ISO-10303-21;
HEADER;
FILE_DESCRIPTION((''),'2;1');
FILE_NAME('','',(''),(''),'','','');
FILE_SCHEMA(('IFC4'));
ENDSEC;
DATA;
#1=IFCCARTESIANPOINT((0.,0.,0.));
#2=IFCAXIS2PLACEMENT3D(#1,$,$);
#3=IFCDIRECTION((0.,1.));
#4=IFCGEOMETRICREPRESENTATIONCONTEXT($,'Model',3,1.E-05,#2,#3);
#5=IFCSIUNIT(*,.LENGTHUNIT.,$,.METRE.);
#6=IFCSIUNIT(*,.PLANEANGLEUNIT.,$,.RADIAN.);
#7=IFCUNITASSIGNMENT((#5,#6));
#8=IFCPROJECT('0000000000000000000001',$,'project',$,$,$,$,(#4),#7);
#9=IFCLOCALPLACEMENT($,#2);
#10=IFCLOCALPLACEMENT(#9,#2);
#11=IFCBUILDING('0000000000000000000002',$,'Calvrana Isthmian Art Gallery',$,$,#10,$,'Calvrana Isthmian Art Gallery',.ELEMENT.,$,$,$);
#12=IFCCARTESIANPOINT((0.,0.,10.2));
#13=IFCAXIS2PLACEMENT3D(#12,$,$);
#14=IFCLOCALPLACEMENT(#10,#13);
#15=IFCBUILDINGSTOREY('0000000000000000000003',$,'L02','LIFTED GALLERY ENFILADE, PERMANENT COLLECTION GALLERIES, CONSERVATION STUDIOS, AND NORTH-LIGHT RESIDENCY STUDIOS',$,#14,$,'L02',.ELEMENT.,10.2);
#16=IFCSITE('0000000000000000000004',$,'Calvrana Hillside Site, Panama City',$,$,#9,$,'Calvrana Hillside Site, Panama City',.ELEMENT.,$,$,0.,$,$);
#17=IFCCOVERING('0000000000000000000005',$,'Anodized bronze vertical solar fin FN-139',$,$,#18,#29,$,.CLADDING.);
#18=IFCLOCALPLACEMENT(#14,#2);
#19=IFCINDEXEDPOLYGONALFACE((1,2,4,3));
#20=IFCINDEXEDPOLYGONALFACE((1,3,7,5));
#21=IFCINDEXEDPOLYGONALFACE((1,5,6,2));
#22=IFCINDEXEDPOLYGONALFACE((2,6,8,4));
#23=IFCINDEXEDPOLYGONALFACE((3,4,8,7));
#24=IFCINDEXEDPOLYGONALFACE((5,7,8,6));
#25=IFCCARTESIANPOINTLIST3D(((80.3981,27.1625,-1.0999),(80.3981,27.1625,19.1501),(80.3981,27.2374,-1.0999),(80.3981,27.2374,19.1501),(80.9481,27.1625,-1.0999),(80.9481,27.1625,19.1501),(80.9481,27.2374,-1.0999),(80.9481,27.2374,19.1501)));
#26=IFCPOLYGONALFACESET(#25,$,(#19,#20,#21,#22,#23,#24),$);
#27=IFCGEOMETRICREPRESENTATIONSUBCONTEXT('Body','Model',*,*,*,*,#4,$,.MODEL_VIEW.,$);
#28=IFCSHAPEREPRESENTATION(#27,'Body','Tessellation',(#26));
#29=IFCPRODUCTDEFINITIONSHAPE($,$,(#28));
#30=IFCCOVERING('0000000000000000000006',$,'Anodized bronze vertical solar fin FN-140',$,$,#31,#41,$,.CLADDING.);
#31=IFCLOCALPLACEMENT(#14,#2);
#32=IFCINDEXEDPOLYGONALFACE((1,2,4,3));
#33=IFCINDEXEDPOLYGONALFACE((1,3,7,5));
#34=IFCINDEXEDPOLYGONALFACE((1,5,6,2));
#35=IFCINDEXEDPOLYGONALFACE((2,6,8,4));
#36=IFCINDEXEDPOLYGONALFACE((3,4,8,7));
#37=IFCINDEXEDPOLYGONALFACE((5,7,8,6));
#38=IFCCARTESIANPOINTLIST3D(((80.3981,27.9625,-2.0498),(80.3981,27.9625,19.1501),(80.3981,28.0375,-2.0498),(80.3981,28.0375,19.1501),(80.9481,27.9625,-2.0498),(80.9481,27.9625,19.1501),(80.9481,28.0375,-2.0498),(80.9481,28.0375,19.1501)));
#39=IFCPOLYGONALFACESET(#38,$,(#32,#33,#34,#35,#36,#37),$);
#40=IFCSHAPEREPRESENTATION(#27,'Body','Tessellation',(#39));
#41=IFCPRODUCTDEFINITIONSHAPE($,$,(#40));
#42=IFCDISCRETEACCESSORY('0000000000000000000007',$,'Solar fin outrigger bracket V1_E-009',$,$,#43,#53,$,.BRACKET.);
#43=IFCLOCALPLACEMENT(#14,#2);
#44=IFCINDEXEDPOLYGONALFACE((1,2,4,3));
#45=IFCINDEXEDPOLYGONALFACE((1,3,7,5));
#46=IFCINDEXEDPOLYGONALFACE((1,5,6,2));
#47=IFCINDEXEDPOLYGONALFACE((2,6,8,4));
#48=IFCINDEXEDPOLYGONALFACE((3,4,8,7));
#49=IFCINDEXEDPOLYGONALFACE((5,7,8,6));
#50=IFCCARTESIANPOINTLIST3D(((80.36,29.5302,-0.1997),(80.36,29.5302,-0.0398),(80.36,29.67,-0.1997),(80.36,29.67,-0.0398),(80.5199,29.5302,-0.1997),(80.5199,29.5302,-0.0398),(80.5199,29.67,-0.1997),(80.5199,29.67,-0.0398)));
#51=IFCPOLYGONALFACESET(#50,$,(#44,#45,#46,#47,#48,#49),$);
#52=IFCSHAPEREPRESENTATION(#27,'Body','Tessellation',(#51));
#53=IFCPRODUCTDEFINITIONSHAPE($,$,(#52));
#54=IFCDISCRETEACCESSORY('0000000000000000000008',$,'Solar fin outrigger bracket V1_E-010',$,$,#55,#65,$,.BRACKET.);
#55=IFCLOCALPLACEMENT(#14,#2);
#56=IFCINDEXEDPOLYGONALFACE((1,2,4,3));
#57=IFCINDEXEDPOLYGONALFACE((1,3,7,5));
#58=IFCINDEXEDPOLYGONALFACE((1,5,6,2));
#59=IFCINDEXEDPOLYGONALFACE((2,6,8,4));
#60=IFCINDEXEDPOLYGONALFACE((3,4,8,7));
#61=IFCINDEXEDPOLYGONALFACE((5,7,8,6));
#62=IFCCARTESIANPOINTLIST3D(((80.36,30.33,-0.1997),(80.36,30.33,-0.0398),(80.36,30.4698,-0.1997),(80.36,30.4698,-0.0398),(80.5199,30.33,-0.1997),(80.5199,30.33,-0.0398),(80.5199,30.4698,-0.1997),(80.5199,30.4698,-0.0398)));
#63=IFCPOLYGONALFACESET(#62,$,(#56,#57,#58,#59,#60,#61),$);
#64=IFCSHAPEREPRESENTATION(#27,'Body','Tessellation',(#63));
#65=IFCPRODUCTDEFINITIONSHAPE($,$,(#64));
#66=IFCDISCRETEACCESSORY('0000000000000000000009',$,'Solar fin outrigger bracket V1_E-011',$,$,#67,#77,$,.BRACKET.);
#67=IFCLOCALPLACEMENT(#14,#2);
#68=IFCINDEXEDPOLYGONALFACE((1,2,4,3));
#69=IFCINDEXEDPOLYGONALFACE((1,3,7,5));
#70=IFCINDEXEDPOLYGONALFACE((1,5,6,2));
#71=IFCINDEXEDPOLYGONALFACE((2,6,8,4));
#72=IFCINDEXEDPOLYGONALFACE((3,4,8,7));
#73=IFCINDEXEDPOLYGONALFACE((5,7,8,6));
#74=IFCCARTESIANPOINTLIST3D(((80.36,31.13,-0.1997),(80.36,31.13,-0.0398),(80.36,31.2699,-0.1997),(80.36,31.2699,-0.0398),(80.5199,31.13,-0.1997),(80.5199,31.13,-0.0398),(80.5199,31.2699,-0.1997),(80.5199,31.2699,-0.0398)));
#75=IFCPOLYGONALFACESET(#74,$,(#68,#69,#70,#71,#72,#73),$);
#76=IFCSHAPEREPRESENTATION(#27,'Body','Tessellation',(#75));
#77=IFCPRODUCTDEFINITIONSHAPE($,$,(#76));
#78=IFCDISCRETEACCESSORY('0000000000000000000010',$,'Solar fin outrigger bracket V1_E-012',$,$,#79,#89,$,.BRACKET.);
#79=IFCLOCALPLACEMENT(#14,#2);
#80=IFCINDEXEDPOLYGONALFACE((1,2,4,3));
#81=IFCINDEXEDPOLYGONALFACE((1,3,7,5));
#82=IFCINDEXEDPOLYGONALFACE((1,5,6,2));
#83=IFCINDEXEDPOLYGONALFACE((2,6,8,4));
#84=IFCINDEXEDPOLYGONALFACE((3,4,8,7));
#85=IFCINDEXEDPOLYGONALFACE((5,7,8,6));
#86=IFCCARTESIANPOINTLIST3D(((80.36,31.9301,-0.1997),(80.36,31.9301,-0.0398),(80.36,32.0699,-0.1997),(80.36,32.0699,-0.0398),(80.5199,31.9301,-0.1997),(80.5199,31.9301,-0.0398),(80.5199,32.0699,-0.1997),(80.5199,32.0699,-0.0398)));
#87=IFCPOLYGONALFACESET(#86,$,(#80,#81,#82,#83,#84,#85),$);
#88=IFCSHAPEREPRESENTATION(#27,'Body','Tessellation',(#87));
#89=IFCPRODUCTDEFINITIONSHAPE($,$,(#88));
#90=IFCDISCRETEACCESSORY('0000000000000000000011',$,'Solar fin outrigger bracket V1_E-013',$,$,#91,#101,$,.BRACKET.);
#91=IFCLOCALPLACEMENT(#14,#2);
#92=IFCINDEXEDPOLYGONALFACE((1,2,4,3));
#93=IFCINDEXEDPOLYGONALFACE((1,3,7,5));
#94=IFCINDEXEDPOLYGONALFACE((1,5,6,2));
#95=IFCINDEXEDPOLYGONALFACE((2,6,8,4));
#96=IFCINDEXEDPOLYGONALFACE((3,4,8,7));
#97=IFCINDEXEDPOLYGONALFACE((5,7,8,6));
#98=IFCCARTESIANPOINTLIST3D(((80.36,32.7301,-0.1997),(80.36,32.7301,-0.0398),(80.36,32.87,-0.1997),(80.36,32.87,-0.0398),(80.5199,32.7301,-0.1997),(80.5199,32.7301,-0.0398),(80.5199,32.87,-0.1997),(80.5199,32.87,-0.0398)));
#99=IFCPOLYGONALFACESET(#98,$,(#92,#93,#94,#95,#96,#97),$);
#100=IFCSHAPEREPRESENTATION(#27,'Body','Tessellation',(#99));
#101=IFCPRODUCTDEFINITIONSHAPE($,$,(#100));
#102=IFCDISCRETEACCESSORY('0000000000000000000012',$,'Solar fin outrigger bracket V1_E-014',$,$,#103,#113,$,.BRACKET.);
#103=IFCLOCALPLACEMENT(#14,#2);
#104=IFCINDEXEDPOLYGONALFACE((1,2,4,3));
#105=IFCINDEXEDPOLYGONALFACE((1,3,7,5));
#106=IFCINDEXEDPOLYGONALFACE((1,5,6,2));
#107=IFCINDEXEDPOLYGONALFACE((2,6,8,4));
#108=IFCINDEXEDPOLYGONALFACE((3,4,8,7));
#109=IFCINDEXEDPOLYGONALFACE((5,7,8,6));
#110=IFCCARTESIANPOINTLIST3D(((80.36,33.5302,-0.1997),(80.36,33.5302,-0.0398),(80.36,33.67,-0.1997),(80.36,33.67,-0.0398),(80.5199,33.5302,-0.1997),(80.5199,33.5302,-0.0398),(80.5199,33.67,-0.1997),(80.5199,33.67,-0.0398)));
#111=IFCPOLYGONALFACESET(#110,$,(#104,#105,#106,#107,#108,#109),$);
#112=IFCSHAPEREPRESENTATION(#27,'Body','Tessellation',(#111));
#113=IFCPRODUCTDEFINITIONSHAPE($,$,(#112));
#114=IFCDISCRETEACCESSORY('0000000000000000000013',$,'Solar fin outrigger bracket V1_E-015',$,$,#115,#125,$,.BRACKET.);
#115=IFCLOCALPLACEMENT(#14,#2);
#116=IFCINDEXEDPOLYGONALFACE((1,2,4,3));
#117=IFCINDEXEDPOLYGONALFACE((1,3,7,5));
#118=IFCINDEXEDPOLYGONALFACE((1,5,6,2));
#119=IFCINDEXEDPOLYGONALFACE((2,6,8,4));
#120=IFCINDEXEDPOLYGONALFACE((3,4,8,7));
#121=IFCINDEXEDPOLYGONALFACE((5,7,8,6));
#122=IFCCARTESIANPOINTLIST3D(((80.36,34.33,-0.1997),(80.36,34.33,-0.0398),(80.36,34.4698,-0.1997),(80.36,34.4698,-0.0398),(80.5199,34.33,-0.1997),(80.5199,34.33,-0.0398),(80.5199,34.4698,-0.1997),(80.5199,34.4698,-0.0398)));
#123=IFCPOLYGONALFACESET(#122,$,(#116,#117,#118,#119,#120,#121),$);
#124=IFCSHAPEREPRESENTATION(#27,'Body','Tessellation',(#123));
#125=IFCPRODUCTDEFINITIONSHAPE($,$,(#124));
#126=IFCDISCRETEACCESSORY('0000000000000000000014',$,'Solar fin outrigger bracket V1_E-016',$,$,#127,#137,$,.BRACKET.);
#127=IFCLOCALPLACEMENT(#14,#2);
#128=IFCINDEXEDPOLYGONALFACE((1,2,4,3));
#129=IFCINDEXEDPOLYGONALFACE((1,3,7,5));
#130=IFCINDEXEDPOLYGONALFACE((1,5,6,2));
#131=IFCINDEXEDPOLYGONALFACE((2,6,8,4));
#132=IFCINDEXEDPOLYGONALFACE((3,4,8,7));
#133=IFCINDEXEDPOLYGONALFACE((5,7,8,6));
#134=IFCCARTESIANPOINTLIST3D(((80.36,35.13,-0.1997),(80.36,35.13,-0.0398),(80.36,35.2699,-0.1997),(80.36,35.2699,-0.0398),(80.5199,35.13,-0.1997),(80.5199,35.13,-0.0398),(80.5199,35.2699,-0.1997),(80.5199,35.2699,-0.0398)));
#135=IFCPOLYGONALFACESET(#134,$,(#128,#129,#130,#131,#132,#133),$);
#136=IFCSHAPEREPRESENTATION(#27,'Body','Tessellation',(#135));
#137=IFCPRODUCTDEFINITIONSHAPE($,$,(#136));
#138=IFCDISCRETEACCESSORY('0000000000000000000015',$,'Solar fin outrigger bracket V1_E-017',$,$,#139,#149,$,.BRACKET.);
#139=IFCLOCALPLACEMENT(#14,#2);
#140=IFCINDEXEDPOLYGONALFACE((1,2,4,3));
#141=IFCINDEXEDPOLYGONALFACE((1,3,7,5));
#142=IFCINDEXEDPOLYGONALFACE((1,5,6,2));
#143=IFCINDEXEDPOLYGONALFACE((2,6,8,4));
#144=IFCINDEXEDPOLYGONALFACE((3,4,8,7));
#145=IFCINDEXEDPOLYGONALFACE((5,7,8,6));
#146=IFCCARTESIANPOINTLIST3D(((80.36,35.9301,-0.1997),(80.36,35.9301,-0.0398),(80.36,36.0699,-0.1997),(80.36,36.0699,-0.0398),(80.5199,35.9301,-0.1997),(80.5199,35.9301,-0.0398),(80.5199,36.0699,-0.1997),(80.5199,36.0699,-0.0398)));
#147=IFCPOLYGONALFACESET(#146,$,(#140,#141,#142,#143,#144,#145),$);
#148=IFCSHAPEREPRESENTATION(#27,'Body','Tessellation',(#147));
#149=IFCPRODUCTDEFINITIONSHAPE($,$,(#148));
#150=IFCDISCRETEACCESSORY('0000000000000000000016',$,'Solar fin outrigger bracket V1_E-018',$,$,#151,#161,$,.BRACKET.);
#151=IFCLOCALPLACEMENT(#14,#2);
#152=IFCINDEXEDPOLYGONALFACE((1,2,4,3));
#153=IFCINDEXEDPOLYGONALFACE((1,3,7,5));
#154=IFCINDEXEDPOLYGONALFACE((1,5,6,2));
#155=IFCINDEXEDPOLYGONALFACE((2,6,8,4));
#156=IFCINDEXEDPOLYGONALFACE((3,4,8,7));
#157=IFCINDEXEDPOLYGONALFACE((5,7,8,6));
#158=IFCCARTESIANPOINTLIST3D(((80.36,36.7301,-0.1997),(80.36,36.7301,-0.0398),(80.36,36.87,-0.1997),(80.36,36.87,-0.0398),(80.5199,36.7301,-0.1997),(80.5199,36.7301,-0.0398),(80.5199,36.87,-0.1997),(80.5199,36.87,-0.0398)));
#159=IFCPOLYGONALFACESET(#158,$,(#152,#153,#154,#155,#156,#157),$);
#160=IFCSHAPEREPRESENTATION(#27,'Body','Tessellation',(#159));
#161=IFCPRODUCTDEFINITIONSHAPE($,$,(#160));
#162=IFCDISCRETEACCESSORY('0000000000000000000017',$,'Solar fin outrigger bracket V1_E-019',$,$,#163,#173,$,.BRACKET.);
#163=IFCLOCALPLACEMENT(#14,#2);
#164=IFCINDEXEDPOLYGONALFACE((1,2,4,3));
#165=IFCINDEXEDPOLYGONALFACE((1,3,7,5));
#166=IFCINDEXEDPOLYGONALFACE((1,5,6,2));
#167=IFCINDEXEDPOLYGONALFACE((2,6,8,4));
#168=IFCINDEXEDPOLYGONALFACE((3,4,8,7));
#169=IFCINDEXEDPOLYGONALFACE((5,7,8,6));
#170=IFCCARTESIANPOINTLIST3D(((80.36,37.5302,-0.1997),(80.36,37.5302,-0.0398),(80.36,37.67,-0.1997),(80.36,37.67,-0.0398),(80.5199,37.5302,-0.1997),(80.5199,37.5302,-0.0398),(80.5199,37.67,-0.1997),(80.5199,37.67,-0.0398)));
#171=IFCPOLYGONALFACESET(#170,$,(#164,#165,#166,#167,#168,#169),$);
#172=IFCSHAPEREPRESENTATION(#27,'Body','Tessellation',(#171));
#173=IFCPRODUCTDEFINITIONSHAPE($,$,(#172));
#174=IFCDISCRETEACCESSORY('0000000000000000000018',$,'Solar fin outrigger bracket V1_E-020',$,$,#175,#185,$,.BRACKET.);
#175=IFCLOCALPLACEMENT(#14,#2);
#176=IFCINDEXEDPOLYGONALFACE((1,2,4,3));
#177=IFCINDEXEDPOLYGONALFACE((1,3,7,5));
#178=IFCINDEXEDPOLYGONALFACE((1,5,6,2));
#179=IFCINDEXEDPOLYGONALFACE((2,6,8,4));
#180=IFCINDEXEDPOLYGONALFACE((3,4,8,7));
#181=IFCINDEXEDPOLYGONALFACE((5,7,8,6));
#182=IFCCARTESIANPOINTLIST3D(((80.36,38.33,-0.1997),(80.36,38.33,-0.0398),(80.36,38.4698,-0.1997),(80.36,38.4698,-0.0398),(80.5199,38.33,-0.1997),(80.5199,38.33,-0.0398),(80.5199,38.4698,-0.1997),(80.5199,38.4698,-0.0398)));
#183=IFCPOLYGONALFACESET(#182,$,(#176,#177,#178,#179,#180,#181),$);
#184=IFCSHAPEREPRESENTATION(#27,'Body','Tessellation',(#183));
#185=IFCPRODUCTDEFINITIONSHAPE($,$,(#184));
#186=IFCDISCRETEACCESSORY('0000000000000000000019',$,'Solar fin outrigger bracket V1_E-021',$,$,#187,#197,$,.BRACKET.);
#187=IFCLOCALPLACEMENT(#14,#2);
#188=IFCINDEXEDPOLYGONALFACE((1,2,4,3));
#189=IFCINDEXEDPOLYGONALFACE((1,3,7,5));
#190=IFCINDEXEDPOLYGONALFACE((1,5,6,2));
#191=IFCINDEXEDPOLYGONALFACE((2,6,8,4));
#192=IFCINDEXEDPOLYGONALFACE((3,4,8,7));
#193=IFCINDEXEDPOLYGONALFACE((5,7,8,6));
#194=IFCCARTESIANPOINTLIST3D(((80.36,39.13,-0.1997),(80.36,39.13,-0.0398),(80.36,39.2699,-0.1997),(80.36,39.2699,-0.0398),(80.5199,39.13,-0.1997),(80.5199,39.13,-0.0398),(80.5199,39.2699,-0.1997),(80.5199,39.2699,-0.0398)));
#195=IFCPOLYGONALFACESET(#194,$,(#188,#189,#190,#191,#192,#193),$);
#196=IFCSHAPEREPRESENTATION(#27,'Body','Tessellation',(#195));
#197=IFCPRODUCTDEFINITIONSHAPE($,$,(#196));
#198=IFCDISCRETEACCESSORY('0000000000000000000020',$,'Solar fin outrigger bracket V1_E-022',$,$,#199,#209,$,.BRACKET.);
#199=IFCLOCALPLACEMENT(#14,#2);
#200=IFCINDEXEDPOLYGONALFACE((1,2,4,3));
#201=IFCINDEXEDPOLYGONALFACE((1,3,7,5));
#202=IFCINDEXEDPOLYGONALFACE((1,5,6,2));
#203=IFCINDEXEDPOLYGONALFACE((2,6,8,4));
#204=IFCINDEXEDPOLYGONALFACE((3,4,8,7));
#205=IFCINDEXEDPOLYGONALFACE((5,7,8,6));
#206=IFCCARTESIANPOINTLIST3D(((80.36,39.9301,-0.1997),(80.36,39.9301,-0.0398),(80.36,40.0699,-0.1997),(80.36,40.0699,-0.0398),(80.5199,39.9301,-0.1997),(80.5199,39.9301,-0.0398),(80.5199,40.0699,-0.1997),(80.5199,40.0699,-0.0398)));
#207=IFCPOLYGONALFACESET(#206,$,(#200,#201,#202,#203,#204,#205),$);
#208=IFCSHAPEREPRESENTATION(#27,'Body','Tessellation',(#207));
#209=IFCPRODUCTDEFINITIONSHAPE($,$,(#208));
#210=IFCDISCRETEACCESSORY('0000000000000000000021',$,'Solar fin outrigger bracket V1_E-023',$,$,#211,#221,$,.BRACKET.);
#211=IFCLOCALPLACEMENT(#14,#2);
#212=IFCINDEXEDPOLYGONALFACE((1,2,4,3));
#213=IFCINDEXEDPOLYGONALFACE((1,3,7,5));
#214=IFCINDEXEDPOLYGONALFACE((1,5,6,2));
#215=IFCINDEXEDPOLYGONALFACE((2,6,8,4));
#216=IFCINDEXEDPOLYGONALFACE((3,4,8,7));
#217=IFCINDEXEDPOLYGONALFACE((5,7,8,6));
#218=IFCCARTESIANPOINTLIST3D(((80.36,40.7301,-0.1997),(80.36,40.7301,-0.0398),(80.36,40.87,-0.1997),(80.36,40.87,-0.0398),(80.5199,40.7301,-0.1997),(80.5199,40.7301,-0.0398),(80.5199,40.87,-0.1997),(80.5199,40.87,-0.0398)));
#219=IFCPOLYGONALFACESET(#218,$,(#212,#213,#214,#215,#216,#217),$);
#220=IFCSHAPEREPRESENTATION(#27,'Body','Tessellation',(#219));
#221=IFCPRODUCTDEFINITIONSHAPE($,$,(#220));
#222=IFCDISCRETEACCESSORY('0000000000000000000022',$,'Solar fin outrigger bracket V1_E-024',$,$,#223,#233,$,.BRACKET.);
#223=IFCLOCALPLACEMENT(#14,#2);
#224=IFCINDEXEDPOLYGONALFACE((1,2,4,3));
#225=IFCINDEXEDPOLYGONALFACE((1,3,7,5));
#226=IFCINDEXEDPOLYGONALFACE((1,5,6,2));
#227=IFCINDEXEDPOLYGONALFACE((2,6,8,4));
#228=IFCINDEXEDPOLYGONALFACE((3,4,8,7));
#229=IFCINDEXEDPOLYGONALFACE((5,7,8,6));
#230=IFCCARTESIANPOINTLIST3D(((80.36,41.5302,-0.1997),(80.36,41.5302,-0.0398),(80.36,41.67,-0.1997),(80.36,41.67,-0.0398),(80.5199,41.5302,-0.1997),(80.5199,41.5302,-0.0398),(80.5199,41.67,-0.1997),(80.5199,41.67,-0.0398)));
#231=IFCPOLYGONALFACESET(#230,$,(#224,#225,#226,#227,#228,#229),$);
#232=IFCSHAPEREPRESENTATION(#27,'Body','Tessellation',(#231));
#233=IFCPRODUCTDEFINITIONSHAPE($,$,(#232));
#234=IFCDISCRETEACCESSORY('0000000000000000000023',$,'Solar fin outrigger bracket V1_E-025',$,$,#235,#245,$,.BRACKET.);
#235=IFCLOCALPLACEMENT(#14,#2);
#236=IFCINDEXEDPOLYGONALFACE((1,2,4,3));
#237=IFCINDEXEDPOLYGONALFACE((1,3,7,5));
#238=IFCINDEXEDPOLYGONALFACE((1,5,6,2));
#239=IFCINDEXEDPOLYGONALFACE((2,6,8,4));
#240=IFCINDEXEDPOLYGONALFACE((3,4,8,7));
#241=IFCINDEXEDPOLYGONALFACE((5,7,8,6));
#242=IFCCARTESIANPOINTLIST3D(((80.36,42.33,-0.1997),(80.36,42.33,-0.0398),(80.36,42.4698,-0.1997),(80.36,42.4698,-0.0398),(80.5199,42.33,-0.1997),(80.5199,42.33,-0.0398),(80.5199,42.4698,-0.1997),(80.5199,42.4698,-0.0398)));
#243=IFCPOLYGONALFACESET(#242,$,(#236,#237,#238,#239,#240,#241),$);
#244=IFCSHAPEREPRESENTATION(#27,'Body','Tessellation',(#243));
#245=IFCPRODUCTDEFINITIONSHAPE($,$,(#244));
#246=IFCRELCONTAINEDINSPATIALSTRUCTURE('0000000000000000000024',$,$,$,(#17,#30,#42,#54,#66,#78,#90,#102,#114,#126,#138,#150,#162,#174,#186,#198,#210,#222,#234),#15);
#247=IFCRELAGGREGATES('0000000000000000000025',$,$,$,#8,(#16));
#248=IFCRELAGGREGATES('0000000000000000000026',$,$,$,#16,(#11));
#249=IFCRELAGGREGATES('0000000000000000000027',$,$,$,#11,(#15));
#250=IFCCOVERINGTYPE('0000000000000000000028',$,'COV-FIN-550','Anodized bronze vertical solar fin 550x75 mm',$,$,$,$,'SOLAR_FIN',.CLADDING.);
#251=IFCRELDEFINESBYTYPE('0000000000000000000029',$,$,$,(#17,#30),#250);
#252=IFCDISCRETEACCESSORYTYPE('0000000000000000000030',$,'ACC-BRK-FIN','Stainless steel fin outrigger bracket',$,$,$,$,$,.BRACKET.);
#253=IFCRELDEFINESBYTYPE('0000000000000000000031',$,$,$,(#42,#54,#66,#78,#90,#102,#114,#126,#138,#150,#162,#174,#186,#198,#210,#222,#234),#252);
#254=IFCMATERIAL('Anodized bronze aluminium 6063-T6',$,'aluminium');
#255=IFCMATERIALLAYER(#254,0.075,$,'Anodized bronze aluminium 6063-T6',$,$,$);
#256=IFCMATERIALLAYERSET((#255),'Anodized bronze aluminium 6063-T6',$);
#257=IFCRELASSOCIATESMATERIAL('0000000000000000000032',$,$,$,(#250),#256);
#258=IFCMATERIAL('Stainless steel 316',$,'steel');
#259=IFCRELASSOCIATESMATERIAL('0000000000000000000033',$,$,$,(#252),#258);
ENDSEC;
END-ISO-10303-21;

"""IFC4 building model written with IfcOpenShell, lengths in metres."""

from ifc_helpers import new_model, si_unit, direction, frame, origin, origin_2d, place, context, subcontext, project, spatial, rectangle, extrude, material, layer, layer_set, type_object, element, save


model = new_model("IFC4")

# Units and contexts
model_context = context("Model", 3, precision=1e-05, world=origin(), true_north=direction((0.0, 1.0)))
body_context = subcontext(model_context, "Body", "Model", "MODEL_VIEW")
ifc_project = project(units=[si_unit("LENGTHUNIT", "METRE"), si_unit("PLANEANGLEUNIT", "RADIAN")], contexts=[model_context])

# Site, building, storey
site_placement = place(None, origin())
site = spatial("IfcSite", under=ifc_project, at=site_placement, Name="Calvrana Hillside Site, Panama City", LongName="Calvrana Hillside Site, Panama City", CompositionType="ELEMENT", RefElevation=0.0)
building_placement = place(site_placement, origin())
building = spatial("IfcBuilding", under=site, at=building_placement, Name="Calvrana Isthmian Art Gallery", LongName="Calvrana Isthmian Art Gallery", CompositionType="ELEMENT")
storey_placement = place(building_placement, frame((0.0, 0.0, 10.2)))
storey = spatial("IfcBuildingStorey", under=building, at=storey_placement, Name="L02", Description="LIFTED GALLERY ENFILADE, PERMANENT COLLECTION GALLERIES, CONSERVATION STUDIOS, AND NORTH-LIGHT RESIDENCY STUDIOS", LongName="L02", CompositionType="ELEMENT", Elevation=10.2)

# Coverings
ifc_material_1 = material(Name="Anodized bronze aluminium 6063-T6", Category="aluminium")
ifc_layer = layer(ifc_material_1, 0.075, Name="Anodized bronze aluminium 6063-T6")
ifc_layer_set = layer_set([ifc_layer], Name="Anodized bronze aluminium 6063-T6")
covering_type = type_object("IfcCoveringType", Name="COV-FIN-550", Description="Anodized bronze vertical solar fin 550x75 mm", ElementType="SOLAR_FIN", PredefinedType="CLADDING", material=ifc_layer_set)
covering_1_placement = place(storey_placement, frame((80.6731, 27.2, -1.0999), z_axis=(0.0, 0.0, 1.0), x_axis=(1.0, 0.0, 0.0)))
element("IfcCovering", 1, at=covering_1_placement, inside=storey, type_object=covering_type, Name="Anodized bronze vertical solar fin FN-139", PredefinedType="CLADDING", context=body_context, shape_type="SweptSolid", body=[
    extrude(rectangle(XDim=0.55, YDim=0.075, at=origin_2d()), origin(), (0.0, 0.0, 1.0), 20.25),
])
covering_2_placement = place(storey_placement, frame((80.6731, 28.0, -2.0498), z_axis=(0.0, 0.0, 1.0), x_axis=(1.0, 0.0, 0.0)))
element("IfcCovering", 2, at=covering_2_placement, inside=storey, type_object=covering_type, Name="Anodized bronze vertical solar fin FN-140", PredefinedType="CLADDING", context=body_context, shape_type="SweptSolid", body=[
    extrude(rectangle(XDim=0.55, YDim=0.075, at=origin_2d()), origin(), (0.0, 0.0, 1.0), 21.2),
])

# Discrete accessories
ifc_material_2 = material(Name="Stainless steel 316", Category="steel")
discrete_accessory_type = type_object("IfcDiscreteAccessoryType", Name="ACC-BRK-FIN", Description="Stainless steel fin outrigger bracket", PredefinedType="BRACKET", material=ifc_material_2)
for number, where, z_axis, x_axis, name in (
    (3, (80.4399, 29.6001, -0.1997), (0.0, 0.0, 1.0), (1.0, 0.0, 0.0), "Solar fin outrigger bracket V1_E-009"),
    (4, (80.4399, 30.3999, -0.1997), (0.0, 0.0, 1.0), (1.0, 0.0, 0.0), "Solar fin outrigger bracket V1_E-010"),
    (5, (80.4399, 31.2, -0.1997), (0.0, 0.0, 1.0), (1.0, 0.0, 0.0), "Solar fin outrigger bracket V1_E-011"),
    (6, (80.4399, 32.0, -0.1997), (0.0, 0.0, 1.0), (1.0, 0.0, 0.0), "Solar fin outrigger bracket V1_E-012"),
    (7, (80.4399, 32.8, -0.1997), (0.0, 0.0, 1.0), (1.0, 0.0, 0.0), "Solar fin outrigger bracket V1_E-013"),
    (8, (80.4399, 33.6001, -0.1997), (0.0, 0.0, 1.0), (1.0, 0.0, 0.0), "Solar fin outrigger bracket V1_E-014"),
    (9, (80.4399, 34.3999, -0.1997), (0.0, 0.0, 1.0), (1.0, 0.0, 0.0), "Solar fin outrigger bracket V1_E-015"),
    (10, (80.4399, 35.2, -0.1997), (0.0, 0.0, 1.0), (1.0, 0.0, 0.0), "Solar fin outrigger bracket V1_E-016"),
    (11, (80.4399, 36.0, -0.1997), (0.0, 0.0, 1.0), (1.0, 0.0, 0.0), "Solar fin outrigger bracket V1_E-017"),
    (12, (80.4399, 36.8, -0.1997), (0.0, 0.0, 1.0), (1.0, 0.0, 0.0), "Solar fin outrigger bracket V1_E-018"),
    (13, (80.4399, 37.6001, -0.1997), (0.0, 0.0, 1.0), (1.0, 0.0, 0.0), "Solar fin outrigger bracket V1_E-019"),
    (14, (80.4399, 38.3999, -0.1997), (0.0, 0.0, 1.0), (1.0, 0.0, 0.0), "Solar fin outrigger bracket V1_E-020"),
    (15, (80.4399, 39.2, -0.1997), (0.0, 0.0, 1.0), (1.0, 0.0, 0.0), "Solar fin outrigger bracket V1_E-021"),
    (16, (80.4399, 40.0, -0.1997), (0.0, 0.0, 1.0), (1.0, 0.0, 0.0), "Solar fin outrigger bracket V1_E-022"),
    (17, (80.4399, 40.8, -0.1997), (0.0, 0.0, 1.0), (1.0, 0.0, 0.0), "Solar fin outrigger bracket V1_E-023"),
    (18, (80.4399, 41.6001, -0.1997), (0.0, 0.0, 1.0), (1.0, 0.0, 0.0), "Solar fin outrigger bracket V1_E-024"),
    (19, (80.4399, 42.3999, -0.1997), (0.0, 0.0, 1.0), (1.0, 0.0, 0.0), "Solar fin outrigger bracket V1_E-025"),
):
    element("IfcDiscreteAccessory", number, at=place(storey_placement, frame(where, z_axis=z_axis, x_axis=x_axis)), inside=storey, type_object=discrete_accessory_type, Name=name, PredefinedType="BRACKET", context=body_context, shape_type="SweptSolid", body=[
        extrude(rectangle(XDim=0.1599, YDim=0.1399, at=origin_2d()), origin(), (0.0, 0.0, 1.0), 0.1599),
    ])

save(model, "model.ifc")
